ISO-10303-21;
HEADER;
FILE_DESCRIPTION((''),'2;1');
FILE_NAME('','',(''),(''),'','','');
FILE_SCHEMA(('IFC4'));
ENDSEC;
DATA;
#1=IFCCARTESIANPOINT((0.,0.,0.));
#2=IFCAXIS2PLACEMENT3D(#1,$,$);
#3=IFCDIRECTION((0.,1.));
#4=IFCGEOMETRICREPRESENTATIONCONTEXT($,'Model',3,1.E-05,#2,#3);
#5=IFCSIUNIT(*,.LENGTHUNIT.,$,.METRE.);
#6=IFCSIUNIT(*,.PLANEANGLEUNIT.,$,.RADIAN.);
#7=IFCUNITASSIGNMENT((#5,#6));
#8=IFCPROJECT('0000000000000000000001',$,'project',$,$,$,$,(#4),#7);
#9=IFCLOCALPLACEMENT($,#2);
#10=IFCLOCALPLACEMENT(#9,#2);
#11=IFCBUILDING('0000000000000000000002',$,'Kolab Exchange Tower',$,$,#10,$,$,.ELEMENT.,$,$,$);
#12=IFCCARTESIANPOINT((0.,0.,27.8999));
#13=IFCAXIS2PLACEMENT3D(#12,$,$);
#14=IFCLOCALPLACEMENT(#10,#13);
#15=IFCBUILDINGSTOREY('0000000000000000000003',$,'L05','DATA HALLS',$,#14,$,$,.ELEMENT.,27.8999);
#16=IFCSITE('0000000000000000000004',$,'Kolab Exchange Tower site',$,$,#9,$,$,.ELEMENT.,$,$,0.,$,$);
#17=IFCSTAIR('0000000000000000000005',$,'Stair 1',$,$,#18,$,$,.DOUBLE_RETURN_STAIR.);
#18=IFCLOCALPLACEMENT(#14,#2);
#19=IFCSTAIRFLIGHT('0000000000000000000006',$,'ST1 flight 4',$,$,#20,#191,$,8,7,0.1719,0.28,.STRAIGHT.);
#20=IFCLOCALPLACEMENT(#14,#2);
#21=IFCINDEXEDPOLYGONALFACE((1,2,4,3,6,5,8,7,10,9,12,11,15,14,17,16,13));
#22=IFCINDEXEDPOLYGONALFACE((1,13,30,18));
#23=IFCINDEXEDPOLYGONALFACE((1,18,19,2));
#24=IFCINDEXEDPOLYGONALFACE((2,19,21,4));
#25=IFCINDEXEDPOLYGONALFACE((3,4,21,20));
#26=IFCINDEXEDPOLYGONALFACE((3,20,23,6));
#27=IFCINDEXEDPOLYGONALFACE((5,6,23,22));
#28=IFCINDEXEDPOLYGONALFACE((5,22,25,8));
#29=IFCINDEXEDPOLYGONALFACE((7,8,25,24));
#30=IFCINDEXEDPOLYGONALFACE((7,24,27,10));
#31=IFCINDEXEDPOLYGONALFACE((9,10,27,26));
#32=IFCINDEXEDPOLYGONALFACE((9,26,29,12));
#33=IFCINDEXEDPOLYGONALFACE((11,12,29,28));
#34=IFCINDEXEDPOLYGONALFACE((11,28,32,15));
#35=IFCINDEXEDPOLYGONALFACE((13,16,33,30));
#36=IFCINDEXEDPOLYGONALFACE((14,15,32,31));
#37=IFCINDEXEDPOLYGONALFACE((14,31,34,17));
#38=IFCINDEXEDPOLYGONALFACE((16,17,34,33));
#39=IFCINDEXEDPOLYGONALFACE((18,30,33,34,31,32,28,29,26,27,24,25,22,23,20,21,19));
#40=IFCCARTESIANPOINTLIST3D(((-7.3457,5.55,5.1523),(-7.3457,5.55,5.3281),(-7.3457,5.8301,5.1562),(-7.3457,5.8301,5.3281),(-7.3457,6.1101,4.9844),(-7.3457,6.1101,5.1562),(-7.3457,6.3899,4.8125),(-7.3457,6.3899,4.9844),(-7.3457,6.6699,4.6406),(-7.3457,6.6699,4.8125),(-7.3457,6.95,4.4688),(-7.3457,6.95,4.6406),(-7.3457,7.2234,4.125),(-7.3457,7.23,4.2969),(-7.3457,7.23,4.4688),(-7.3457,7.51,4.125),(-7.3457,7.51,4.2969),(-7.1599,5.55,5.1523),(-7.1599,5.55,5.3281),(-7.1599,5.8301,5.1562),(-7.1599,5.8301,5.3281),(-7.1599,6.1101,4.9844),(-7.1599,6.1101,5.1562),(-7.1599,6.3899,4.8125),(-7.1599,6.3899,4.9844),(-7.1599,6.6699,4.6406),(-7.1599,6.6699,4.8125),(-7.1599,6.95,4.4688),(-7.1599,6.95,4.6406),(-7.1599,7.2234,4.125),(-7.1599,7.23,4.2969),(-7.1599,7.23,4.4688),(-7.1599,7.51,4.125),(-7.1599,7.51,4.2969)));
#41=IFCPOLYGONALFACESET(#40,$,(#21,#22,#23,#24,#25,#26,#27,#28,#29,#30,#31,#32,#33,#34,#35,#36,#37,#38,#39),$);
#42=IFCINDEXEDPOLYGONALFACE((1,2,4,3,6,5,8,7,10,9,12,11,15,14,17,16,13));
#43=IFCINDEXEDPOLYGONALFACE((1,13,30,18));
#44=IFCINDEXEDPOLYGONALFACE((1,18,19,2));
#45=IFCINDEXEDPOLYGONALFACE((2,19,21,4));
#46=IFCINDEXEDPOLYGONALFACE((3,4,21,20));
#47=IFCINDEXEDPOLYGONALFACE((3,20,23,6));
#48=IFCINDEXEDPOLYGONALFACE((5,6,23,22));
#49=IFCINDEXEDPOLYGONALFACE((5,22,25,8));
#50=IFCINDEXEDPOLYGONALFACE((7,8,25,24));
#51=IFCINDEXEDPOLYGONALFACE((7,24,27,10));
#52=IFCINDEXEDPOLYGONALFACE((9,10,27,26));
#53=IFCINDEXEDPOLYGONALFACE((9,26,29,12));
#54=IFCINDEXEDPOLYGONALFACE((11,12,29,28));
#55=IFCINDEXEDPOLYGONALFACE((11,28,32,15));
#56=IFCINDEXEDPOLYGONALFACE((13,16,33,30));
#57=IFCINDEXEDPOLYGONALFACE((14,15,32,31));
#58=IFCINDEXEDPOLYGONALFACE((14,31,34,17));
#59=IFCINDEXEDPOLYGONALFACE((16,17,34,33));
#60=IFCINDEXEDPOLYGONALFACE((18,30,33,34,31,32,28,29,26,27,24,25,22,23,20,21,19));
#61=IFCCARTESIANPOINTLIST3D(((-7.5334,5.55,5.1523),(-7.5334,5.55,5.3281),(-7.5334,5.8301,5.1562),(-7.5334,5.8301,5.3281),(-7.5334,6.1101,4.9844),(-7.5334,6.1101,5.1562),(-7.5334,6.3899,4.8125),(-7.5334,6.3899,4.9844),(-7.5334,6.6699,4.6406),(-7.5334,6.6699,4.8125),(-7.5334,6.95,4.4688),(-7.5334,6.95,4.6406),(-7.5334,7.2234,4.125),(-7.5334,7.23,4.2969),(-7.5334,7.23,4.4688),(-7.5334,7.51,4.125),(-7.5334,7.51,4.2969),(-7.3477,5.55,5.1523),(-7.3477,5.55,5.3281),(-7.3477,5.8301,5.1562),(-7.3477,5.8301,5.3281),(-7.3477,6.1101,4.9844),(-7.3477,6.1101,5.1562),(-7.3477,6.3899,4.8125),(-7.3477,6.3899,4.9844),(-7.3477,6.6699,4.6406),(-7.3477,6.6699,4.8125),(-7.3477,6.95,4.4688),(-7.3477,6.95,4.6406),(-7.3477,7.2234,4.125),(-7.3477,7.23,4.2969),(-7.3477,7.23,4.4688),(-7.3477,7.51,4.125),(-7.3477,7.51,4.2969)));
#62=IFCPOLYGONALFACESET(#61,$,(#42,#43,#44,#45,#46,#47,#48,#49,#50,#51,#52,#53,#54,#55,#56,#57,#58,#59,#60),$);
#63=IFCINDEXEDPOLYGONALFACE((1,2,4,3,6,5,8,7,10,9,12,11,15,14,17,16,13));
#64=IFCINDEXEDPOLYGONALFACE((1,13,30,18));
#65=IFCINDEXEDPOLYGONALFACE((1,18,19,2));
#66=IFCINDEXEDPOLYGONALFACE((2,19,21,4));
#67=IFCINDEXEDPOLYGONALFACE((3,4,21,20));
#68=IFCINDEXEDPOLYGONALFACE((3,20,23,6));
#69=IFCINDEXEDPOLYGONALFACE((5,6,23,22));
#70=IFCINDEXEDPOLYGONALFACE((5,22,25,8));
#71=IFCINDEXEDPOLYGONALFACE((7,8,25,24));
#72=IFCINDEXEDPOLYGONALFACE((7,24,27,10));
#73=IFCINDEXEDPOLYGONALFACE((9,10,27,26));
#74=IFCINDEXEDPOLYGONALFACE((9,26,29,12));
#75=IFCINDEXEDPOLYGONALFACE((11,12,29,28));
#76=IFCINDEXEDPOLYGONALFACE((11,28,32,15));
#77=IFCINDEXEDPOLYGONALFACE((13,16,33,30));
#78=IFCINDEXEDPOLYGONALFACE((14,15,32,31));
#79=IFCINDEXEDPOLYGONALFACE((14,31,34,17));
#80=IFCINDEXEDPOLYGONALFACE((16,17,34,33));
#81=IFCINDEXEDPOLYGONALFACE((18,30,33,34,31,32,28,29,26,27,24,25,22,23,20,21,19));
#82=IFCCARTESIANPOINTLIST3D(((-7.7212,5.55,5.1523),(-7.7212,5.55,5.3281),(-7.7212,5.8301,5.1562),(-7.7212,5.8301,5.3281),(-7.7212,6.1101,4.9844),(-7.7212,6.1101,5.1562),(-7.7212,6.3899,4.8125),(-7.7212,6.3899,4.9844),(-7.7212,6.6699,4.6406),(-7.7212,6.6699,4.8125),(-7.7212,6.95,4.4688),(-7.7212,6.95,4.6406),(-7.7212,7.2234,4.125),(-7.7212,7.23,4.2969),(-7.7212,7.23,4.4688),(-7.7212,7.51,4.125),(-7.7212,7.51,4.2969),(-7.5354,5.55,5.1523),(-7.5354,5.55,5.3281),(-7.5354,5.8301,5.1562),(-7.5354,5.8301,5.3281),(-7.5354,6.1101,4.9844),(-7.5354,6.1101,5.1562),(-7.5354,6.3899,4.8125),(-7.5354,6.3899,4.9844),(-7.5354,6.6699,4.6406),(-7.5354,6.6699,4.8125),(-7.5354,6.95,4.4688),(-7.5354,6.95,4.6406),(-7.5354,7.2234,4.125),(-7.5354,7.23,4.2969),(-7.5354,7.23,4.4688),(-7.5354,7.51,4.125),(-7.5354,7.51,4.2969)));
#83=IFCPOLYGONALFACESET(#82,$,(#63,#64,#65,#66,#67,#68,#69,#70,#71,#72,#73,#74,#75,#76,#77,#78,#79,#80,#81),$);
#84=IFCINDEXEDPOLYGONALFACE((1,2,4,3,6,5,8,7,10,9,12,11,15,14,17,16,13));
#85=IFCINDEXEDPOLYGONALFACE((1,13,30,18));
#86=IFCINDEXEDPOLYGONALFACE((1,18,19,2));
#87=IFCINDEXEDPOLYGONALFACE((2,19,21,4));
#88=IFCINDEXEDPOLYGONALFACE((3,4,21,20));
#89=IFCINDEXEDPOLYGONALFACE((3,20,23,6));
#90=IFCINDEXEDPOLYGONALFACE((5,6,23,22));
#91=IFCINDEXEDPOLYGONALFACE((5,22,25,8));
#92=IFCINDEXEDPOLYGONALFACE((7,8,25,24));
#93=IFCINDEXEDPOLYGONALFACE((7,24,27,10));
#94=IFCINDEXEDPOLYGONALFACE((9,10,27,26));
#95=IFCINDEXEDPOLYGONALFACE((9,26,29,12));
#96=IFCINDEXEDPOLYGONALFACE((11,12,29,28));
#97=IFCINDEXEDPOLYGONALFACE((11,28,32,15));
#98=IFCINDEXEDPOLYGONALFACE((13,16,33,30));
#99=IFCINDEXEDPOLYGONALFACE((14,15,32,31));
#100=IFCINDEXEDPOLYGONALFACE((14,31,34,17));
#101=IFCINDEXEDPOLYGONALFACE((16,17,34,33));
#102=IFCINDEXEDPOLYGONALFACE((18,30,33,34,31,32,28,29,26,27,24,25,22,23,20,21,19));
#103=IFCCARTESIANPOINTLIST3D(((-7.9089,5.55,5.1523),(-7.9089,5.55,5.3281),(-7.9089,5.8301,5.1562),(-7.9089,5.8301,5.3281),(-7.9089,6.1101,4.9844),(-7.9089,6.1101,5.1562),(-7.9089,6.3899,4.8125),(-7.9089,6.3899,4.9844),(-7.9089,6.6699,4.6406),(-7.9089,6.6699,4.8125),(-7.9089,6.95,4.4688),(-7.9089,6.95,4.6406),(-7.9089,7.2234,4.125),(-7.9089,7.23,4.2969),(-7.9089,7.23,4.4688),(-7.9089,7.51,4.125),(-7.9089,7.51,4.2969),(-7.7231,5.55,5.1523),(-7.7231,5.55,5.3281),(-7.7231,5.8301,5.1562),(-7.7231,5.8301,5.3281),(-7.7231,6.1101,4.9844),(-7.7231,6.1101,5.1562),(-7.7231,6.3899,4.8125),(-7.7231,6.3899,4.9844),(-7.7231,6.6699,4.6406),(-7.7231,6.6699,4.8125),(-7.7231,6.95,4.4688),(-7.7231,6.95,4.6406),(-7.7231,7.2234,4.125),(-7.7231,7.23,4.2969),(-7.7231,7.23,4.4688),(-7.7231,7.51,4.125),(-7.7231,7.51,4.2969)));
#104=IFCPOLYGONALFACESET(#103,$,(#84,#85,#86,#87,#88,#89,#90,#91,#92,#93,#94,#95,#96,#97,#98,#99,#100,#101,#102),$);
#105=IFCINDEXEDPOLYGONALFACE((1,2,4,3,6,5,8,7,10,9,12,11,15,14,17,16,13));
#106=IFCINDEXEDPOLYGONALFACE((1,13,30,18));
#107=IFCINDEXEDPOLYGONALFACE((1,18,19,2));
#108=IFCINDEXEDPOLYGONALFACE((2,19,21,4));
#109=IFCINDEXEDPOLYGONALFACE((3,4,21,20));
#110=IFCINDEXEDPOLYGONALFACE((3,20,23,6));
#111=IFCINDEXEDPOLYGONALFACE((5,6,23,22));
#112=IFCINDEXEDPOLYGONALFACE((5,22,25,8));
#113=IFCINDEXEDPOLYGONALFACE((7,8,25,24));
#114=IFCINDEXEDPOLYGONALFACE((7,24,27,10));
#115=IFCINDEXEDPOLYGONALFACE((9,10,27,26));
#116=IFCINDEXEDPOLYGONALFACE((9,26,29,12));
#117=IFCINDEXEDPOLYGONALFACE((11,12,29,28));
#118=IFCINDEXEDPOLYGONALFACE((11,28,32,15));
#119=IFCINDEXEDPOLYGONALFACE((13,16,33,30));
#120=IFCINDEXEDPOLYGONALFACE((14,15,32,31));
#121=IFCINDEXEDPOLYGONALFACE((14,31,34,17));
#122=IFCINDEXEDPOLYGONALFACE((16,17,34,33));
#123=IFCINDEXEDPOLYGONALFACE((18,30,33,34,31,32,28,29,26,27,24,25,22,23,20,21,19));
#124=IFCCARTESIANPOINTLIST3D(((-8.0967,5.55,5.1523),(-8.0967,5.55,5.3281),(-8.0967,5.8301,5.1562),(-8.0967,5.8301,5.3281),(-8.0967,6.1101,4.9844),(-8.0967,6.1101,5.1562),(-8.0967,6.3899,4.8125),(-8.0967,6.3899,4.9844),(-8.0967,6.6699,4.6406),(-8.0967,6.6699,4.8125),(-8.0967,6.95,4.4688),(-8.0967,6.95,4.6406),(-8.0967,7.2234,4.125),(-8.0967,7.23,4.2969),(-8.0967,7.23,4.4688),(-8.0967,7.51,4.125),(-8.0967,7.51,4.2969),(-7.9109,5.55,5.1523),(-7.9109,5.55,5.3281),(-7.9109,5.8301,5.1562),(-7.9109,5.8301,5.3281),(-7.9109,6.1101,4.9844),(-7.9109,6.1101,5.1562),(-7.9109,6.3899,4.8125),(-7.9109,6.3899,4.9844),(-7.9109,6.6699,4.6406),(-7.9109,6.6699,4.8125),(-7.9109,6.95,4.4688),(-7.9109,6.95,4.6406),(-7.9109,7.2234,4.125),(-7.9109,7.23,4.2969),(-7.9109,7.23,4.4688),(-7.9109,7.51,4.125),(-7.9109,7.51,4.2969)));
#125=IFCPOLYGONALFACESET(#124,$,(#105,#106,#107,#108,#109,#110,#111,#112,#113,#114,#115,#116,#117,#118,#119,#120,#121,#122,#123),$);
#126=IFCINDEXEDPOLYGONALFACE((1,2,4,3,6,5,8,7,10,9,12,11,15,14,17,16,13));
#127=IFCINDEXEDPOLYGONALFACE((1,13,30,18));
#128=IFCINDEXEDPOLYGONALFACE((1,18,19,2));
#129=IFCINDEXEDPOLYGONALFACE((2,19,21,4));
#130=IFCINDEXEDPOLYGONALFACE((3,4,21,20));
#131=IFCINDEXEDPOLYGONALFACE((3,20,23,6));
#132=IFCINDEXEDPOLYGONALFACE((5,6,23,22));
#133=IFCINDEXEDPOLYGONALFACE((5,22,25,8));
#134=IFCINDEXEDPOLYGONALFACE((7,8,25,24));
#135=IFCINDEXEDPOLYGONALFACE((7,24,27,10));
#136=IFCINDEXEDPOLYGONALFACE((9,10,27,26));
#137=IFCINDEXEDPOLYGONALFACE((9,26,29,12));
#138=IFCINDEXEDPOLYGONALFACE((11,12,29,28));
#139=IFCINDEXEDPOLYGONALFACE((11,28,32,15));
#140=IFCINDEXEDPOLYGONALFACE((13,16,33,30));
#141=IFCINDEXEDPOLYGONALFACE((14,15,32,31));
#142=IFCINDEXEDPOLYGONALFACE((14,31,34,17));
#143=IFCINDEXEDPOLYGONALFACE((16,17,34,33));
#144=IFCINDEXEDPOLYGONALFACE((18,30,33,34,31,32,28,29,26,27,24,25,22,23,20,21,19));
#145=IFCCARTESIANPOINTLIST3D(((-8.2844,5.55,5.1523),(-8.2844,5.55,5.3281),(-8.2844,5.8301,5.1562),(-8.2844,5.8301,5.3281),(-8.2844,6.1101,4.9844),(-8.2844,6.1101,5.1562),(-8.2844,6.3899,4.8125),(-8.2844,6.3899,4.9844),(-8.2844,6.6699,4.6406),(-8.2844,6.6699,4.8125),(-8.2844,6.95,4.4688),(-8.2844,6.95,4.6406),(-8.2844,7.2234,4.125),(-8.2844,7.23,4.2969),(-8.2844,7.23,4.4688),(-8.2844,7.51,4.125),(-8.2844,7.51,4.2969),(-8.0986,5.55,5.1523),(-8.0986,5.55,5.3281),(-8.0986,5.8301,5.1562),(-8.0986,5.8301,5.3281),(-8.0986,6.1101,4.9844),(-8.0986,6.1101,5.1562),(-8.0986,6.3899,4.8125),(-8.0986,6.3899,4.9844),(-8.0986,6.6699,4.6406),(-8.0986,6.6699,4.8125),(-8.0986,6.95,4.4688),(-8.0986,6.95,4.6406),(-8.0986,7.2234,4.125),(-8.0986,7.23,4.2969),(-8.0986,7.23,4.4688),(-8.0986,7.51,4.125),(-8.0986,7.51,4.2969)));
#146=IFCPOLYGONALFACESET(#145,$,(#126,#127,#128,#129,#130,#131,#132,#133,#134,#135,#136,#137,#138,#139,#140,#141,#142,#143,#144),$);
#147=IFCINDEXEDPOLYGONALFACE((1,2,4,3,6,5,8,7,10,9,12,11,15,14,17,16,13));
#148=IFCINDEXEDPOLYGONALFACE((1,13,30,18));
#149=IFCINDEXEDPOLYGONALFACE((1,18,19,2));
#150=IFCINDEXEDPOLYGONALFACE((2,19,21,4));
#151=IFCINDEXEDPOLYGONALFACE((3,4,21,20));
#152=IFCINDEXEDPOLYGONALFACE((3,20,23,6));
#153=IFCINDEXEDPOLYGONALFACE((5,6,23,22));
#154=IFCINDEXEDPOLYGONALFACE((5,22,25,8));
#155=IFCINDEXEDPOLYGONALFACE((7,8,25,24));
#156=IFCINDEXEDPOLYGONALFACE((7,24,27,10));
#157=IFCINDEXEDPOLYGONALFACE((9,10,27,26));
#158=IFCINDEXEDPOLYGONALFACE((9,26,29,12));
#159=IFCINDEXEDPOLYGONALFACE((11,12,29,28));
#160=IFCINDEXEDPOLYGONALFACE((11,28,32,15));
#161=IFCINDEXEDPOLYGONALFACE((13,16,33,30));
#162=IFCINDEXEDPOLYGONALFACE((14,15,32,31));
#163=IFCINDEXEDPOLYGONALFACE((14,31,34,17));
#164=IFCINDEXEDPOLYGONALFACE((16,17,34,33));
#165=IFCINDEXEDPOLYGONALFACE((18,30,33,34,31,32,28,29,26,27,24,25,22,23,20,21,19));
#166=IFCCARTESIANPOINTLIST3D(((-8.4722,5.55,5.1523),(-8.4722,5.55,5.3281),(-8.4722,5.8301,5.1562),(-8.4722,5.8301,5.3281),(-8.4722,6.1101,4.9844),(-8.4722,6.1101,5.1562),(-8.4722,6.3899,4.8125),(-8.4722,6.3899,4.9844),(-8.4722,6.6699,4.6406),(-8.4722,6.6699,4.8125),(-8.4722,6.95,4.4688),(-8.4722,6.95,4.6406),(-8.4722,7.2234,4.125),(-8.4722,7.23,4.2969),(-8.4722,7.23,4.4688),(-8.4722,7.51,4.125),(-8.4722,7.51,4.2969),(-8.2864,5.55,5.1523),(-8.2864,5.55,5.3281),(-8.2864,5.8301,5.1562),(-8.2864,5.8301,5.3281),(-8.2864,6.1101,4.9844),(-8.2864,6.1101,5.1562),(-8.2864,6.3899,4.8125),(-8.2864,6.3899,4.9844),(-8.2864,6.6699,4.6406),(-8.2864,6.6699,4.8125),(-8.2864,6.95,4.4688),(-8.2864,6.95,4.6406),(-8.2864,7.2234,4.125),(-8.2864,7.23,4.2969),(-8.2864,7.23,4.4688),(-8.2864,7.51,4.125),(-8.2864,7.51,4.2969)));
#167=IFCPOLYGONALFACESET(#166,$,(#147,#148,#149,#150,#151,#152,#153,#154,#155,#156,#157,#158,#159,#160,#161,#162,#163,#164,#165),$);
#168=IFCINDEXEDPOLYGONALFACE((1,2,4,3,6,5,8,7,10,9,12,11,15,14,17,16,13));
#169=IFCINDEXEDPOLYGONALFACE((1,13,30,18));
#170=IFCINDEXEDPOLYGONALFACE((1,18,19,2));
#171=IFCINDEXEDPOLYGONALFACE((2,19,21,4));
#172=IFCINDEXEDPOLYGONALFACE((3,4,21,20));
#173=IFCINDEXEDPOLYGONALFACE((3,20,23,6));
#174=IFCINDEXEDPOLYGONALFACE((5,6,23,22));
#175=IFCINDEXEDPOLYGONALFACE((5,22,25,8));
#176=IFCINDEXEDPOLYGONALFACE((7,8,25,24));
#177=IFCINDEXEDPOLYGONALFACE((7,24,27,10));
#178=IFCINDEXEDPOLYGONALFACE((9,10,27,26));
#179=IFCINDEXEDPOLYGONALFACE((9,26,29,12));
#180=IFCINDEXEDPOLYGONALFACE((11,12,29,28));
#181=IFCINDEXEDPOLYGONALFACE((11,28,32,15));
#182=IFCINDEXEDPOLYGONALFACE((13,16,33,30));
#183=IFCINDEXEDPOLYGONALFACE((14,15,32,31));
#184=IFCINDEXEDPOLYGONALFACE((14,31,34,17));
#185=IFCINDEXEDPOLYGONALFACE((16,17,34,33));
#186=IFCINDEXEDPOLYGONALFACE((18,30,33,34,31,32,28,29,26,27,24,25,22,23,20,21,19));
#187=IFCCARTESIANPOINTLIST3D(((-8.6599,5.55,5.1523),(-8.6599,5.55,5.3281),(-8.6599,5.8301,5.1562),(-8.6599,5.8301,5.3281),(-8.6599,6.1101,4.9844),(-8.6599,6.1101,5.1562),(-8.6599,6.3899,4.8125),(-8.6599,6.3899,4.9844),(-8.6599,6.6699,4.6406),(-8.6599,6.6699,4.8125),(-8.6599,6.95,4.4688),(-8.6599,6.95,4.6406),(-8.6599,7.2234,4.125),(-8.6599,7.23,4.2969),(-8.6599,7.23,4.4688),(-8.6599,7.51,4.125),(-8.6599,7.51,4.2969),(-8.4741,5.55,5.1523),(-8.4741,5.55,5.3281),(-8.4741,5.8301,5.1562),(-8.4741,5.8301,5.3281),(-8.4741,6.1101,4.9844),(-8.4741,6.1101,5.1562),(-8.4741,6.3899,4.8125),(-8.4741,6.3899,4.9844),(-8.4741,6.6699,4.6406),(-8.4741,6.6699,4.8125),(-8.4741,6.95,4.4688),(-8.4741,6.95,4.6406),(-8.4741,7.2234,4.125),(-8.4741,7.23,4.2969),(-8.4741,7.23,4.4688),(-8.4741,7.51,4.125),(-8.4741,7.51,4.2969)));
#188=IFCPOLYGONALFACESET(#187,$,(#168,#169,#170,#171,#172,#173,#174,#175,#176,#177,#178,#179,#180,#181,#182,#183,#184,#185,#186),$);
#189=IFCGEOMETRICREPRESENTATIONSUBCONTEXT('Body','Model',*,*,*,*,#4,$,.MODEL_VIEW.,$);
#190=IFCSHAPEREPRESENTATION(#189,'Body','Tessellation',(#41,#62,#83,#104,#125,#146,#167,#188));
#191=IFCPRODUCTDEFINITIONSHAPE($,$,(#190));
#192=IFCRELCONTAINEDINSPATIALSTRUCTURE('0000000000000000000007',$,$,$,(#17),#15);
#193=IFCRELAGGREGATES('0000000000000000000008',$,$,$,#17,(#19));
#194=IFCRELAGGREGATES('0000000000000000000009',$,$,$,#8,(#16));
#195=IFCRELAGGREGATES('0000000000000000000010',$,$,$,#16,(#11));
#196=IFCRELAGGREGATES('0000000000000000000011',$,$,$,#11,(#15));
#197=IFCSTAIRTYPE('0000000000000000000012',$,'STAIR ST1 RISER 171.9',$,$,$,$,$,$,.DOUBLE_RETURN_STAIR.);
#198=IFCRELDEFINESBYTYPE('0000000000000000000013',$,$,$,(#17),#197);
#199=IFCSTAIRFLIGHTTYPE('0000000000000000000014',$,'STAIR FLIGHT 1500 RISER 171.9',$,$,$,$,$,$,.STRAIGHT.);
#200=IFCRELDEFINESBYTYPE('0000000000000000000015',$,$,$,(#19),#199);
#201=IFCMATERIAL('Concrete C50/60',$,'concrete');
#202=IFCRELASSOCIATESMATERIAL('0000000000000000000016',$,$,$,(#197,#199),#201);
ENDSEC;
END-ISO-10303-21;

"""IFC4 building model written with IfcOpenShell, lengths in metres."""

from ifc_helpers import new_model, si_unit, direction, frame, origin, place, context, subcontext, project, spatial, polyline, outline, extrude, material, type_object, element, aggregate, save


model = new_model("IFC4")

# Units and contexts
model_context = context("Model", 3, precision=1e-05, world=origin(), true_north=direction((0.0, 1.0)))
body_context = subcontext(model_context, "Body", "Model", "MODEL_VIEW")
ifc_project = project(units=[si_unit("LENGTHUNIT", "METRE"), si_unit("PLANEANGLEUNIT", "RADIAN")], contexts=[model_context])

# Site, building, storey
site_placement = place(None, origin())
site = spatial("IfcSite", under=ifc_project, at=site_placement, Name="Kolab Exchange Tower site", CompositionType="ELEMENT", RefElevation=0.0)
building_placement = place(site_placement, origin())
building = spatial("IfcBuilding", under=site, at=building_placement, Name="Kolab Exchange Tower", CompositionType="ELEMENT")
storey_placement = place(building_placement, frame((0.0, 0.0, 27.8999)))
storey = spatial("IfcBuildingStorey", under=building, at=storey_placement, Name="L05", Description="DATA HALLS", CompositionType="ELEMENT", Elevation=27.8999)

# Shared definitions
ifc_material_1 = material(Name="Concrete C50/60", Category="concrete")

# Stair, stair flight
stair_type = type_object("IfcStairType", Name="STAIR ST1 RISER 171.9", PredefinedType="DOUBLE_RETURN_STAIR", material=ifc_material_1)
stair_placement = place(storey_placement, origin())
stair = element("IfcStair", 1, at=stair_placement, inside=storey, type_object=stair_type, Name="Stair 1", PredefinedType="DOUBLE_RETURN_STAIR")
stair_flight_type = type_object("IfcStairFlightType", Name="STAIR FLIGHT 1500 RISER 171.9", PredefinedType="STRAIGHT", material=ifc_material_1)
stair_flight_1_placement = place(storey_placement, frame((-7.9099, 7.51, 4.125), z_axis=(0.0, 0.0, 1.0), x_axis=(0.0, -1.0, 0.0)))
stair_flight_1 = element("IfcStairFlight", 2, at=stair_flight_1_placement, type_object=stair_flight_type, Name="ST1 flight 4", NumberOfRisers=8, NumberOfTreads=7, PredefinedType="STRAIGHT", RiserHeight=0.1719, TreadLength=0.28, context=body_context, shape_type="SweptSolid", body=[
    extrude(outline(polyline([(0.0, 0.0), (0.0, 0.1719), (0.28, 0.1719), (0.28, 0.3438), (0.5601, 0.3438), (0.5601, 0.5156), (0.8401, 0.5156), (0.8401, 0.6875), (1.1201, 0.6875), (1.1201, 0.8594), (1.3999, 0.8594), (1.3999, 1.0312), (1.6799, 1.0312), (1.6799, 1.2031), (1.96, 1.2031), (1.96, 1.375), (1.96, 1.0273), (0.2866, 0.0), (0.0, 0.0)])), frame((0.0, 0.75, 0.0), z_axis=(0.0, -1.0, 0.0), x_axis=(1.0, 0.0, 0.0)), (0.0, 0.0, 1.0), 0.1858),
    extrude(outline(polyline([(0.0, 0.0), (0.0, 0.1719), (0.28, 0.1719), (0.28, 0.3438), (0.5601, 0.3438), (0.5601, 0.5156), (0.8401, 0.5156), (0.8401, 0.6875), (1.1201, 0.6875), (1.1201, 0.8594), (1.3999, 0.8594), (1.3999, 1.0312), (1.6799, 1.0312), (1.6799, 1.2031), (1.96, 1.2031), (1.96, 1.375), (1.96, 1.0273), (0.2866, 0.0), (0.0, 0.0)])), frame((0.0, 0.5623, 0.0), z_axis=(0.0, -1.0, 0.0), x_axis=(1.0, 0.0, 0.0)), (0.0, 0.0, 1.0), 0.1858),
    extrude(outline(polyline([(0.0, 0.0), (0.0, 0.1719), (0.28, 0.1719), (0.28, 0.3438), (0.5601, 0.3438), (0.5601, 0.5156), (0.8401, 0.5156), (0.8401, 0.6875), (1.1201, 0.6875), (1.1201, 0.8594), (1.3999, 0.8594), (1.3999, 1.0312), (1.6799, 1.0312), (1.6799, 1.2031), (1.96, 1.2031), (1.96, 1.375), (1.96, 1.0273), (0.2866, 0.0), (0.0, 0.0)])), frame((0.0, 0.3745, 0.0), z_axis=(0.0, -1.0, 0.0), x_axis=(1.0, 0.0, 0.0)), (0.0, 0.0, 1.0), 0.1858),
    extrude(outline(polyline([(0.0, 0.0), (0.0, 0.1719), (0.28, 0.1719), (0.28, 0.3438), (0.5601, 0.3438), (0.5601, 0.5156), (0.8401, 0.5156), (0.8401, 0.6875), (1.1201, 0.6875), (1.1201, 0.8594), (1.3999, 0.8594), (1.3999, 1.0312), (1.6799, 1.0312), (1.6799, 1.2031), (1.96, 1.2031), (1.96, 1.375), (1.96, 1.0273), (0.2866, 0.0), (0.0, 0.0)])), frame((0.0, 0.1868, 0.0), z_axis=(0.0, -1.0, 0.0), x_axis=(1.0, 0.0, 0.0)), (0.0, 0.0, 1.0), 0.1858),
    extrude(outline(polyline([(0.0, 0.0), (0.0, 0.1719), (0.28, 0.1719), (0.28, 0.3438), (0.5601, 0.3438), (0.5601, 0.5156), (0.8401, 0.5156), (0.8401, 0.6875), (1.1201, 0.6875), (1.1201, 0.8594), (1.3999, 0.8594), (1.3999, 1.0312), (1.6799, 1.0312), (1.6799, 1.2031), (1.96, 1.2031), (1.96, 1.375), (1.96, 1.0273), (0.2866, 0.0), (0.0, 0.0)])), frame((0.0, -0.001, 0.0), z_axis=(0.0, -1.0, 0.0), x_axis=(1.0, 0.0, 0.0)), (0.0, 0.0, 1.0), 0.1858),
    extrude(outline(polyline([(0.0, 0.0), (0.0, 0.1719), (0.28, 0.1719), (0.28, 0.3438), (0.5601, 0.3438), (0.5601, 0.5156), (0.8401, 0.5156), (0.8401, 0.6875), (1.1201, 0.6875), (1.1201, 0.8594), (1.3999, 0.8594), (1.3999, 1.0312), (1.6799, 1.0312), (1.6799, 1.2031), (1.96, 1.2031), (1.96, 1.375), (1.96, 1.0273), (0.2866, 0.0), (0.0, 0.0)])), frame((0.0, -0.1887, 0.0), z_axis=(0.0, -1.0, 0.0), x_axis=(1.0, 0.0, 0.0)), (0.0, 0.0, 1.0), 0.1858),
    extrude(outline(polyline([(0.0, 0.0), (0.0, 0.1719), (0.28, 0.1719), (0.28, 0.3438), (0.5601, 0.3438), (0.5601, 0.5156), (0.8401, 0.5156), (0.8401, 0.6875), (1.1201, 0.6875), (1.1201, 0.8594), (1.3999, 0.8594), (1.3999, 1.0312), (1.6799, 1.0312), (1.6799, 1.2031), (1.96, 1.2031), (1.96, 1.375), (1.96, 1.0273), (0.2866, 0.0), (0.0, 0.0)])), frame((0.0, -0.3765, 0.0), z_axis=(0.0, -1.0, 0.0), x_axis=(1.0, 0.0, 0.0)), (0.0, 0.0, 1.0), 0.1858),
    extrude(outline(polyline([(0.0, 0.0), (0.0, 0.1719), (0.28, 0.1719), (0.28, 0.3438), (0.5601, 0.3438), (0.5601, 0.5156), (0.8401, 0.5156), (0.8401, 0.6875), (1.1201, 0.6875), (1.1201, 0.8594), (1.3999, 0.8594), (1.3999, 1.0312), (1.6799, 1.0312), (1.6799, 1.2031), (1.96, 1.2031), (1.96, 1.375), (1.96, 1.0273), (0.2866, 0.0), (0.0, 0.0)])), frame((0.0, -0.5642, 0.0), z_axis=(0.0, -1.0, 0.0), x_axis=(1.0, 0.0, 0.0)), (0.0, 0.0, 1.0), 0.1858),
])
aggregate(stair, [stair_flight_1])

save(model, "model.ifc")
